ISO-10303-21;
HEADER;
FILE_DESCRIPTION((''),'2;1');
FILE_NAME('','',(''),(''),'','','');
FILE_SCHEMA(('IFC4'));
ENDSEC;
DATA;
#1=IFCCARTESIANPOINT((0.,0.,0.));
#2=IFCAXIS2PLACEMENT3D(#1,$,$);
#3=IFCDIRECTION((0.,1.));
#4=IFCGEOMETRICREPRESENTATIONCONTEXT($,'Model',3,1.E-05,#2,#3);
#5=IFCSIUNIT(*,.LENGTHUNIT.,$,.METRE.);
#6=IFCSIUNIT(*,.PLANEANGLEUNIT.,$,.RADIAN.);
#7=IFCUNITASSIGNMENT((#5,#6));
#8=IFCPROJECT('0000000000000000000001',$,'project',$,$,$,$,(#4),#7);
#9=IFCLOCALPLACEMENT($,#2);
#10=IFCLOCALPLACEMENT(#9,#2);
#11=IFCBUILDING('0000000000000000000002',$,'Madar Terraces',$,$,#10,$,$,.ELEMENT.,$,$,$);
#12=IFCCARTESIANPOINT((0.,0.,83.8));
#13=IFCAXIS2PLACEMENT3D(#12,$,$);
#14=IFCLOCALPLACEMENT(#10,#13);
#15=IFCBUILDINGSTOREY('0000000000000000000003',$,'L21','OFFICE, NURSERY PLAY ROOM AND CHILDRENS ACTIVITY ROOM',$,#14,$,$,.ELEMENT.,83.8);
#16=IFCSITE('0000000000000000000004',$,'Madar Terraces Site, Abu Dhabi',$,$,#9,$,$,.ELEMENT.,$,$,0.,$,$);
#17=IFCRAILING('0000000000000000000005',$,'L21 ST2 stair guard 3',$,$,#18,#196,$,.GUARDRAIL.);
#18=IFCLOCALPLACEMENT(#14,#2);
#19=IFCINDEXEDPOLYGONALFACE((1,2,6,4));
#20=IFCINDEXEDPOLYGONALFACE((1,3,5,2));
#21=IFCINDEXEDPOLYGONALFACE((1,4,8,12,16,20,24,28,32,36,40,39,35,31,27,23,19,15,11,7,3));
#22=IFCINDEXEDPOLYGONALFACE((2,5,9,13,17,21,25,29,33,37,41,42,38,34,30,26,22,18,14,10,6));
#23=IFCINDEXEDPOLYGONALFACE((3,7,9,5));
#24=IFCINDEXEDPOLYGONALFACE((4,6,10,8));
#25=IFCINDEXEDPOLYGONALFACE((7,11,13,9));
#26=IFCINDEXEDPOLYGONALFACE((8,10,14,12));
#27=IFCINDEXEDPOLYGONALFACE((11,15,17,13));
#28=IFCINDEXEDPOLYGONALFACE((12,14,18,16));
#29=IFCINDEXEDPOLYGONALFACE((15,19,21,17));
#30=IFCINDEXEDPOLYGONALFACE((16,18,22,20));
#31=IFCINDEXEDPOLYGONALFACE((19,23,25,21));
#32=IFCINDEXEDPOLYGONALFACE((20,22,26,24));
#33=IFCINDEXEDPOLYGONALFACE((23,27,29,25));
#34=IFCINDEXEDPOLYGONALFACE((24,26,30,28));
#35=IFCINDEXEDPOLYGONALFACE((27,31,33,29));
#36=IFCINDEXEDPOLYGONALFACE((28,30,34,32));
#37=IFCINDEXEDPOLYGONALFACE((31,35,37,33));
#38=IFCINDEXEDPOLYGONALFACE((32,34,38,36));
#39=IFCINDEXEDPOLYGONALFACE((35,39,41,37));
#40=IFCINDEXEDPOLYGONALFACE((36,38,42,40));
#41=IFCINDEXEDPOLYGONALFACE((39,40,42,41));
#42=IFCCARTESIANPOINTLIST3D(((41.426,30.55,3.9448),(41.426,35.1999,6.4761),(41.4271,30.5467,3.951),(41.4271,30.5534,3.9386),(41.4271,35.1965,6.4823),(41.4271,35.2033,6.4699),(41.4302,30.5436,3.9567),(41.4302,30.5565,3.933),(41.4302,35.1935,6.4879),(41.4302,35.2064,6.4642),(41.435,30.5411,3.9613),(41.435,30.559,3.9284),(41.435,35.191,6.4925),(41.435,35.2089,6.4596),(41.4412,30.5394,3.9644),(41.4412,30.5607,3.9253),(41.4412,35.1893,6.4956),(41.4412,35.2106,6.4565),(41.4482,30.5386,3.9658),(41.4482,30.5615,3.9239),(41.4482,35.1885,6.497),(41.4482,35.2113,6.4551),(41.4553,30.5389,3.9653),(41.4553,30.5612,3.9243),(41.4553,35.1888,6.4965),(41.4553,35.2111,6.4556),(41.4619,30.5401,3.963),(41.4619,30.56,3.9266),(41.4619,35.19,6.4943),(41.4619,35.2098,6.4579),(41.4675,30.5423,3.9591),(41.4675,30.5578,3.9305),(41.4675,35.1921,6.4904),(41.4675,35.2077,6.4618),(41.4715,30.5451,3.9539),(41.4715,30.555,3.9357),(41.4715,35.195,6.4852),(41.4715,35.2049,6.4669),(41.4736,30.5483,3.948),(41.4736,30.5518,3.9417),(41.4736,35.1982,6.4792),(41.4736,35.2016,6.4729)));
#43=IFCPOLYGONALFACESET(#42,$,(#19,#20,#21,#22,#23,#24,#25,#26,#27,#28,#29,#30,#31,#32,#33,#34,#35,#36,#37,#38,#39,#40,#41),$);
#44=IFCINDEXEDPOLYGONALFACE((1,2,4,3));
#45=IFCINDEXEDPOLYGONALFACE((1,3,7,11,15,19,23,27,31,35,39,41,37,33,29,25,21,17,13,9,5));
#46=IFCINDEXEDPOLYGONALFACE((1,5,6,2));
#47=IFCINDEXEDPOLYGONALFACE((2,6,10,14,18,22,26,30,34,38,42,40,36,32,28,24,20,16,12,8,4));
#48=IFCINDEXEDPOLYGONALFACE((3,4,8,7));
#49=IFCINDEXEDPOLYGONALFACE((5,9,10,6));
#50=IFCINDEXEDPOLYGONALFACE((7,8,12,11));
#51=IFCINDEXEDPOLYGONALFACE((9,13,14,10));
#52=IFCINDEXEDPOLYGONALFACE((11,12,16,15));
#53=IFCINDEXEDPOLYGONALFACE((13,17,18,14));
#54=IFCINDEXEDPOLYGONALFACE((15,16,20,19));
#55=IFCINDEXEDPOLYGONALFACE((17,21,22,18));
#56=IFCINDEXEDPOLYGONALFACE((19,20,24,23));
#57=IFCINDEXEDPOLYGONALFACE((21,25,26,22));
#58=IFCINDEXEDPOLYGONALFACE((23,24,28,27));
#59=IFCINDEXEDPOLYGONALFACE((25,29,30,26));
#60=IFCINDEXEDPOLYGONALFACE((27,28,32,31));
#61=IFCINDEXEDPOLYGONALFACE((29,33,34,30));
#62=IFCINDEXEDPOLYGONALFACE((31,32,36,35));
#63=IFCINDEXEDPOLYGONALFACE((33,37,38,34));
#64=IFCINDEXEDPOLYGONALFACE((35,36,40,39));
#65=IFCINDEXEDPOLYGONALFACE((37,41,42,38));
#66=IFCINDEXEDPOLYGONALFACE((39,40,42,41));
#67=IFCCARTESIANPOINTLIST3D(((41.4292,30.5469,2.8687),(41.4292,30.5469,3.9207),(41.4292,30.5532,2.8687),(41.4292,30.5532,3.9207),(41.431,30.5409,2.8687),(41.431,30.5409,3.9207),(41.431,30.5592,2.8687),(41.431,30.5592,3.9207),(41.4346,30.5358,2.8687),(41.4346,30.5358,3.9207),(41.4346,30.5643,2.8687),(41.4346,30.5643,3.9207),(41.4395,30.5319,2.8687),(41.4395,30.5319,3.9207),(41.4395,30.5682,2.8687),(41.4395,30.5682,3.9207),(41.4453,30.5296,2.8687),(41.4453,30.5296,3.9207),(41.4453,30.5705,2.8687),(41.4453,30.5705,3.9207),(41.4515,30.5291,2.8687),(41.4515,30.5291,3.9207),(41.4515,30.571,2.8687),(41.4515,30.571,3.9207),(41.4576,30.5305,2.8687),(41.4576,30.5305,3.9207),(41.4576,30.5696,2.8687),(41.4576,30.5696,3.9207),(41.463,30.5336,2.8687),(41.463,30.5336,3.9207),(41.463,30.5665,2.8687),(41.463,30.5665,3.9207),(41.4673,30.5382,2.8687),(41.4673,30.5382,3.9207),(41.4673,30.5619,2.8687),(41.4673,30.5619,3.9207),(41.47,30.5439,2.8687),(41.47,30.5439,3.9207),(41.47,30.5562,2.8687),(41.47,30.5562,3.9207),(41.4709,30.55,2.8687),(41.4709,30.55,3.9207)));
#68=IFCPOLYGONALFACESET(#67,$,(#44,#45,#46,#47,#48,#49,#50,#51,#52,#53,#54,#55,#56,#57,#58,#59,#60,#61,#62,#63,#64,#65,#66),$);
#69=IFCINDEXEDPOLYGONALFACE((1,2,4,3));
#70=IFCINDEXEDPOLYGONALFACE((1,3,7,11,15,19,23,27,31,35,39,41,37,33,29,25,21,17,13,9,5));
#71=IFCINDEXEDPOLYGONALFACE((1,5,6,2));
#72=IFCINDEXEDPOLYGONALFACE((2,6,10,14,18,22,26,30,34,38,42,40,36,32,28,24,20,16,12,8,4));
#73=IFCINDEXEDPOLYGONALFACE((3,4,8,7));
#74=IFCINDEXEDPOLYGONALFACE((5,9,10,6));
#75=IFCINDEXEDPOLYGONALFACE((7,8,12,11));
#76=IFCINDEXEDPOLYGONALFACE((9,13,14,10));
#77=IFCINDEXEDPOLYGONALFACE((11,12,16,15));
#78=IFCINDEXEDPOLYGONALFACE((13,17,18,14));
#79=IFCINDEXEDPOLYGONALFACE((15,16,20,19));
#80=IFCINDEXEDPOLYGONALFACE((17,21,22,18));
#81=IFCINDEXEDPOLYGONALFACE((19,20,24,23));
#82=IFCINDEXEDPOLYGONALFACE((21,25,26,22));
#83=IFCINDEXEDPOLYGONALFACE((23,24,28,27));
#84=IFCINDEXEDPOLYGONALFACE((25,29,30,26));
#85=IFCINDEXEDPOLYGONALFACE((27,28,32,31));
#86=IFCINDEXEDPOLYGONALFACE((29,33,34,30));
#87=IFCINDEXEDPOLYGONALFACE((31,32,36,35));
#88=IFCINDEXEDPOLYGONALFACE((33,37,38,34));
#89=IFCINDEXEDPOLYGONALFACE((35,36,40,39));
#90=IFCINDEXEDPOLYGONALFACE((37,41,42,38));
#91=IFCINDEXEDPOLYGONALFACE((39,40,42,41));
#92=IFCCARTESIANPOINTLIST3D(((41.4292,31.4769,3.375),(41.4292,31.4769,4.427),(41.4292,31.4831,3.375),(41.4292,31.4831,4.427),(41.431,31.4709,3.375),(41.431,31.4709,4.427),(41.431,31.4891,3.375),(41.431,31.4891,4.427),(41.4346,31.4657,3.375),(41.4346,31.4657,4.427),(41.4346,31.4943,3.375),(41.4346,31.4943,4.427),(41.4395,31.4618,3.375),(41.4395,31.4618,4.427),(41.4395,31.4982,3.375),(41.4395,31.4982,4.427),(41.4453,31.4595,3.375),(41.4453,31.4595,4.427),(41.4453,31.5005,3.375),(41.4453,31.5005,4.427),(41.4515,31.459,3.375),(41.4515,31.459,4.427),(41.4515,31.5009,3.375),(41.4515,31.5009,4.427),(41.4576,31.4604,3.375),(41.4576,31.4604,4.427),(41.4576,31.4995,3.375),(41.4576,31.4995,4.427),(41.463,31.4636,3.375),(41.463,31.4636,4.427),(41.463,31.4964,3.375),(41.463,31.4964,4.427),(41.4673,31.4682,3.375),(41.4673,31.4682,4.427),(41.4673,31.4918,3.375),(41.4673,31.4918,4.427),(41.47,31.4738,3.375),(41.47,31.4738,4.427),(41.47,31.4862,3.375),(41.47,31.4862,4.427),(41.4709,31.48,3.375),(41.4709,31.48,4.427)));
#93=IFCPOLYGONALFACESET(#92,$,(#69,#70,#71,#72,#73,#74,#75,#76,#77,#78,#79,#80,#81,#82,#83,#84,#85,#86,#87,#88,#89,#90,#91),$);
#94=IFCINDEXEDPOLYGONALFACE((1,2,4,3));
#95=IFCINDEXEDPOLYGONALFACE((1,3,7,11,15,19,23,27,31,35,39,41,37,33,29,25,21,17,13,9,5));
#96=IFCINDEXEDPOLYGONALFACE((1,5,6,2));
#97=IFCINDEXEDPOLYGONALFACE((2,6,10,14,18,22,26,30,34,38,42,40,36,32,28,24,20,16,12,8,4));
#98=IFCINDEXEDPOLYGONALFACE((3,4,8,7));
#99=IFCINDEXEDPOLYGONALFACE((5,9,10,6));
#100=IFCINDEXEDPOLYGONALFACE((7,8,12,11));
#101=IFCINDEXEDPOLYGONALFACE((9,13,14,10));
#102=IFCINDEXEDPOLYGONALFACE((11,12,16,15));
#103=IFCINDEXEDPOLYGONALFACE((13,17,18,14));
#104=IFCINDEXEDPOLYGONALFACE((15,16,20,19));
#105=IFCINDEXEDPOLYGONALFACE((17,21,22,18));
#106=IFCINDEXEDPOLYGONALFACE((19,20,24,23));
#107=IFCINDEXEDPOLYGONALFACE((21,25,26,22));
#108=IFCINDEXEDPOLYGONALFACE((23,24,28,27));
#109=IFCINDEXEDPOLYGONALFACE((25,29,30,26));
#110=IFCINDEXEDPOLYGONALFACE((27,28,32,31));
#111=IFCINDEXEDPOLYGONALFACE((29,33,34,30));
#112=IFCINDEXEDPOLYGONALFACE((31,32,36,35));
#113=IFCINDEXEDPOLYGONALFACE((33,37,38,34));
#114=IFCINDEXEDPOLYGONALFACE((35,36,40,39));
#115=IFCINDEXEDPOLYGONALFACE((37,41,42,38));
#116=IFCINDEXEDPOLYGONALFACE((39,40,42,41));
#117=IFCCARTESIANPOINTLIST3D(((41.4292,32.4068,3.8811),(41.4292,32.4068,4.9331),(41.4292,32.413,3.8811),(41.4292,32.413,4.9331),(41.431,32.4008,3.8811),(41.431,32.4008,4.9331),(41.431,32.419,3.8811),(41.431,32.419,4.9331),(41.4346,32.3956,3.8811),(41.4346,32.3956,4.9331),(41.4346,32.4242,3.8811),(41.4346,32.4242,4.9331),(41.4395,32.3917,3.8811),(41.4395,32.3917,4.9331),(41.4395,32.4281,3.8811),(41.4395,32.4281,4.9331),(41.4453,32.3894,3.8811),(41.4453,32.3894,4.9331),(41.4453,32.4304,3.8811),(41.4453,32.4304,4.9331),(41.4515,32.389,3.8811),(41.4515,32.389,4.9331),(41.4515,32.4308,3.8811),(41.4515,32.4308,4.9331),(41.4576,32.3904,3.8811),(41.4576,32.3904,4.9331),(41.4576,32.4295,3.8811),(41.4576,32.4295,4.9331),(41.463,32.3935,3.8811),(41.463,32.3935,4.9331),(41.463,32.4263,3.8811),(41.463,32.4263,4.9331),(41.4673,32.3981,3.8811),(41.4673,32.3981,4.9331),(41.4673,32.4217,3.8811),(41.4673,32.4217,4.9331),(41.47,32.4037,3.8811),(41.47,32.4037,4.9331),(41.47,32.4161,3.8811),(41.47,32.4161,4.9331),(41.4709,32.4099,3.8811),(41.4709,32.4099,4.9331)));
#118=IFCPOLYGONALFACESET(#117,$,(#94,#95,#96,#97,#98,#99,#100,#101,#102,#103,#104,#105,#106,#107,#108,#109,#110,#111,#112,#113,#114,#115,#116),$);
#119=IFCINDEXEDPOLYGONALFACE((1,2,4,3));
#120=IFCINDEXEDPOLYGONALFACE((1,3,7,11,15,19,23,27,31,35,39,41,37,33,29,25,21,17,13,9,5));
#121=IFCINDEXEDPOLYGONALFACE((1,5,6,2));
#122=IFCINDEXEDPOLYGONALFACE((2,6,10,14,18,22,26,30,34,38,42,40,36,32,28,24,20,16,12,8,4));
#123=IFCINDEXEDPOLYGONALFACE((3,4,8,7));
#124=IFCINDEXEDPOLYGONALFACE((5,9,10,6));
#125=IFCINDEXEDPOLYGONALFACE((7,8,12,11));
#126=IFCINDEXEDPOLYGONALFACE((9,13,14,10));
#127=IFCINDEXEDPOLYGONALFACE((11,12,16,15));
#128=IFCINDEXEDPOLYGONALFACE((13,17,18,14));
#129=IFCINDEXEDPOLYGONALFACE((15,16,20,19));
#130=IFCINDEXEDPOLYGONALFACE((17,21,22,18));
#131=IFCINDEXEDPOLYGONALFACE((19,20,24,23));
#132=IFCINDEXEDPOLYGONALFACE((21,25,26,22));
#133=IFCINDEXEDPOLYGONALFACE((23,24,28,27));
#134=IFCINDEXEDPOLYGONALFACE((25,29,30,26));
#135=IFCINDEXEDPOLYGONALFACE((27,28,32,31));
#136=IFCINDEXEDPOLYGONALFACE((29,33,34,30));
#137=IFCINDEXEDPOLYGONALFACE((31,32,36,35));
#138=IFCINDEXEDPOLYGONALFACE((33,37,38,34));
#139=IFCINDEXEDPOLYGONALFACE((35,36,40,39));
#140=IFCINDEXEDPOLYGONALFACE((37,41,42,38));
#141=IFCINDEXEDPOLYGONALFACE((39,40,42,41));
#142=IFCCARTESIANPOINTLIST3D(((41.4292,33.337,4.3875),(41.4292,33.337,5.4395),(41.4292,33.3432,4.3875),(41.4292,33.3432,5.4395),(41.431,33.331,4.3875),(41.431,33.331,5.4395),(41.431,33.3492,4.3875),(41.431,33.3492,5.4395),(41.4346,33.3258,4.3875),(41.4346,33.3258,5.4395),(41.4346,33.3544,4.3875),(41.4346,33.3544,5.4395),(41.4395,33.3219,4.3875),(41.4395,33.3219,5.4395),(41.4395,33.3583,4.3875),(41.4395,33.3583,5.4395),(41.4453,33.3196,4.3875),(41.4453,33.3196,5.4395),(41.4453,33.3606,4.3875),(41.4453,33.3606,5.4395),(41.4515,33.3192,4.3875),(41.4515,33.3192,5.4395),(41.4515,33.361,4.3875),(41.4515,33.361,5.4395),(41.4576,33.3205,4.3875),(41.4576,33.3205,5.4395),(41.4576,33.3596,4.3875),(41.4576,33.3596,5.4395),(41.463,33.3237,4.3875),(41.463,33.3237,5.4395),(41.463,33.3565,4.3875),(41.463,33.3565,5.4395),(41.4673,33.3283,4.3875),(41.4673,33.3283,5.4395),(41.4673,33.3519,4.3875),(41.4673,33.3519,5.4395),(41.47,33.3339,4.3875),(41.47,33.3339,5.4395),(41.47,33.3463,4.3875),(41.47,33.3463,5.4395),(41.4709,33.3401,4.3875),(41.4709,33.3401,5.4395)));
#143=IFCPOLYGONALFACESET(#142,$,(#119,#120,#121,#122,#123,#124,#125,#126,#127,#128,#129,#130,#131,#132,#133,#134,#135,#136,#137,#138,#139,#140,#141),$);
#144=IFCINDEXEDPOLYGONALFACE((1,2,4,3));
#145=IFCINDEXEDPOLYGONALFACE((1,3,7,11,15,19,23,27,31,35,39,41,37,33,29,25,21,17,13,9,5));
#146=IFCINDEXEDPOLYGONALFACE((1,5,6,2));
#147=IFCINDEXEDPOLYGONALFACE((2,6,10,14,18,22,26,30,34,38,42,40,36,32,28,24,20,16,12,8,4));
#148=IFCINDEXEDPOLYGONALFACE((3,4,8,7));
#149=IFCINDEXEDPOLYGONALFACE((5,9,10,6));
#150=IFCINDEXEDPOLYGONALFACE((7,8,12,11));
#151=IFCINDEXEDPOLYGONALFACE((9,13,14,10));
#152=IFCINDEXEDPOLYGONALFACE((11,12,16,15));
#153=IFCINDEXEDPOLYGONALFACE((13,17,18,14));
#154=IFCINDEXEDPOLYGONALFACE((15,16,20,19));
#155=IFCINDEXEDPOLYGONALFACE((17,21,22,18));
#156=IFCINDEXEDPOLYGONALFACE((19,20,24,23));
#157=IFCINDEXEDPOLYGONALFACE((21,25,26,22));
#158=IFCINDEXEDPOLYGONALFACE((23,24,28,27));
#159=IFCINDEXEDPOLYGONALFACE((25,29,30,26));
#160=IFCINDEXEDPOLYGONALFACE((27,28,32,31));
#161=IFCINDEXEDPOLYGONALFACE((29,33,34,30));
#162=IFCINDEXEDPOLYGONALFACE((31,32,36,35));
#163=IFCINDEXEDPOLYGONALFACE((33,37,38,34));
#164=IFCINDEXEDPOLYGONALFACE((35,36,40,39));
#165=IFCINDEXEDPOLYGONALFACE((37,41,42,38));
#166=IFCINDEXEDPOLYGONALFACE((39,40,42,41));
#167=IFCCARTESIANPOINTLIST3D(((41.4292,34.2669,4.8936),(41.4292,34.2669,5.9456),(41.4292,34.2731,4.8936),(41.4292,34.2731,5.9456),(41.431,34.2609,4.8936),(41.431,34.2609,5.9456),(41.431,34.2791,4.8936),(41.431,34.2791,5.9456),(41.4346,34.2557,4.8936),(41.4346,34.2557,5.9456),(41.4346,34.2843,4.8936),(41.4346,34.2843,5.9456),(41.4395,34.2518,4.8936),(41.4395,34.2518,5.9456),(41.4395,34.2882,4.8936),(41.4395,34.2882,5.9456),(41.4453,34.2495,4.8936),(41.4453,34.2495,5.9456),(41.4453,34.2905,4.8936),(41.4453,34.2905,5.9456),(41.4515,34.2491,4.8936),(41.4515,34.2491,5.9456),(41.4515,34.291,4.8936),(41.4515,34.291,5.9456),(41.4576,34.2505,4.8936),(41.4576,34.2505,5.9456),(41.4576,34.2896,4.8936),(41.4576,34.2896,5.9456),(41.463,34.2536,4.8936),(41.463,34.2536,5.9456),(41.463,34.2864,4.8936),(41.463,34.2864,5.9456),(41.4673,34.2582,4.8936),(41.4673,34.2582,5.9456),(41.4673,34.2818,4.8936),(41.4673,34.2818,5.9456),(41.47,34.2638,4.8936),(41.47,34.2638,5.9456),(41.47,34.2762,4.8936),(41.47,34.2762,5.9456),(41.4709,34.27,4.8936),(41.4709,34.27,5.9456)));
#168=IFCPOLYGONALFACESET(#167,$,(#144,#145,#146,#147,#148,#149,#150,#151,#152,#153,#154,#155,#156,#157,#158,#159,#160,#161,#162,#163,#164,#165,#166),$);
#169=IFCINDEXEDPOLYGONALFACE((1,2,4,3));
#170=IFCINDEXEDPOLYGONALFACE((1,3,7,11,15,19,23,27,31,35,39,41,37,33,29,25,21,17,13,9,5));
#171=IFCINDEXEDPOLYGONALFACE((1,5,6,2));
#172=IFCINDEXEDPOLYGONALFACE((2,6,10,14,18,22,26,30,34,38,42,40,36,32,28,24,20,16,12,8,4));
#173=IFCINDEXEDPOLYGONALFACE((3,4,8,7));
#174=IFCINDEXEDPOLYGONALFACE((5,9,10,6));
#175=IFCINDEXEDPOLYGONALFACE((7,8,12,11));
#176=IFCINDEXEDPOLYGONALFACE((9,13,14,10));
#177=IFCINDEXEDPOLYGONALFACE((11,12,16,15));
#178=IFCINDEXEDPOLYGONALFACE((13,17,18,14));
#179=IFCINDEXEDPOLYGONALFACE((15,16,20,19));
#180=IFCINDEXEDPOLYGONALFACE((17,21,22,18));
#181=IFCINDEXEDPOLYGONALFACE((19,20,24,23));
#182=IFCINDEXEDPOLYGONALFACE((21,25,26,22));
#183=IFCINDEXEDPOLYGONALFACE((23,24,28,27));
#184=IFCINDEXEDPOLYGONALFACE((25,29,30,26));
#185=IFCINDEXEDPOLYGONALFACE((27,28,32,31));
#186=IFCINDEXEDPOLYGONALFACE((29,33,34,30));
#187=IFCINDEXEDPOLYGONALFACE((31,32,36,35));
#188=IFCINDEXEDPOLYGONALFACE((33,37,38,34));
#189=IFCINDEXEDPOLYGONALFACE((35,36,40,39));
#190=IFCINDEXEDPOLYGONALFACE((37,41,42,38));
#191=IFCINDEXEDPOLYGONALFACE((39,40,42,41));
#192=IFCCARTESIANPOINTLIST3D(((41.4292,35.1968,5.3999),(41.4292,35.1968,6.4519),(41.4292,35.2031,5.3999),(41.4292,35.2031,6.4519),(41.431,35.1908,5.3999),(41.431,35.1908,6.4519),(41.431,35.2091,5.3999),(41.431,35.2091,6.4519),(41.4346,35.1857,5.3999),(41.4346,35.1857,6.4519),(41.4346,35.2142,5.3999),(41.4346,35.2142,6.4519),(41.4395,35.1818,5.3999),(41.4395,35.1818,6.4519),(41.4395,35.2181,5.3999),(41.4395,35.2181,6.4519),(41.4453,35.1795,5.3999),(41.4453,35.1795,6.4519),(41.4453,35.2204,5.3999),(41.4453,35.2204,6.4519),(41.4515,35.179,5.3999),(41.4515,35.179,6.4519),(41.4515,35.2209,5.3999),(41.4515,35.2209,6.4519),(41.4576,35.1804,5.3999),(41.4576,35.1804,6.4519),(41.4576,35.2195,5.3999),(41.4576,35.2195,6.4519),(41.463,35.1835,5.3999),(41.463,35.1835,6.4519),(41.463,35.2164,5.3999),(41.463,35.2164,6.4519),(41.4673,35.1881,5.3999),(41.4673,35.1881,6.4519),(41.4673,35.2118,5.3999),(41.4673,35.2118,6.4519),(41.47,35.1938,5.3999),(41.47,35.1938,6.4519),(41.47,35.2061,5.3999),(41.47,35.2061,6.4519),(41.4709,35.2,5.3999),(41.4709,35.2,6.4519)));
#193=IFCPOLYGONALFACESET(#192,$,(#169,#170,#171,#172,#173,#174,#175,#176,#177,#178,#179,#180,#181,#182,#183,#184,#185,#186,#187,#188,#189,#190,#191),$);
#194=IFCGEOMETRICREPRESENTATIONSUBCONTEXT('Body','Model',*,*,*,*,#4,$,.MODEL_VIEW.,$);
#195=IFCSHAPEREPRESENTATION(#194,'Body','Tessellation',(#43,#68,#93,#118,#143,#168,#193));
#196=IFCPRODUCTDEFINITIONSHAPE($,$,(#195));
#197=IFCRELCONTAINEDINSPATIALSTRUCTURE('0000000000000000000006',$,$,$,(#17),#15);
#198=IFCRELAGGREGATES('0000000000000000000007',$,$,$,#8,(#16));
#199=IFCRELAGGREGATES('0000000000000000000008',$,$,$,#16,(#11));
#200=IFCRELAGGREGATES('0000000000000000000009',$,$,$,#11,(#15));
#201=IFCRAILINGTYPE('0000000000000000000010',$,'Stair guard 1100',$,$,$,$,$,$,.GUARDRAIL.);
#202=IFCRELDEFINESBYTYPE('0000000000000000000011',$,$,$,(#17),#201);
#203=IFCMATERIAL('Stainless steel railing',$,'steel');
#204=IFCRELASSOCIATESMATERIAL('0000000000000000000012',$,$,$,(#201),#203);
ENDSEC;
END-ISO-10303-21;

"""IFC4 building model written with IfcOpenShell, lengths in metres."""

from ifc_helpers import new_model, si_unit, direction, frame, origin, origin_2d, place, context, subcontext, project, spatial, circle, extrude, material, type_object, element, save


model = new_model("IFC4")

# Units and contexts
model_context = context("Model", 3, precision=1e-05, world=origin(), true_north=direction((0.0, 1.0)))
body_context = subcontext(model_context, "Body", "Model", "MODEL_VIEW")
ifc_project = project(units=[si_unit("LENGTHUNIT", "METRE"), si_unit("PLANEANGLEUNIT", "RADIAN")], contexts=[model_context])

# Site, building, storey
site_placement = place(None, origin())
site = spatial("IfcSite", under=ifc_project, at=site_placement, Name="Madar Terraces Site, Abu Dhabi", CompositionType="ELEMENT", RefElevation=0.0)
building_placement = place(site_placement, origin())
building = spatial("IfcBuilding", under=site, at=building_placement, Name="Madar Terraces", CompositionType="ELEMENT")
storey_placement = place(building_placement, frame((0.0, 0.0, 83.8)))
storey = spatial("IfcBuildingStorey", under=building, at=storey_placement, Name="L21", Description="OFFICE, NURSERY PLAY ROOM AND CHILDRENS ACTIVITY ROOM", CompositionType="ELEMENT", Elevation=83.8)

# Railing
ifc_material_1 = material(Name="Stainless steel railing", Category="steel")
railing_type_1 = type_object("IfcRailingType", Name="Stair guard 1100", PredefinedType="GUARDRAIL", material=ifc_material_1)
railing_1_placement = place(storey_placement, frame((41.45, 30.55, 2.8687)))
element("IfcRailing", 1, at=railing_1_placement, inside=storey, type_object=railing_type_1, Name="L21 ST2 stair guard 3", PredefinedType="GUARDRAIL", context=body_context, shape_type="SweptSolid", body=[
    extrude(circle(Radius=0.0239, at=origin_2d()), frame((0.0, 0.0, 1.0762), z_axis=(0.0, 0.878297, 0.478115), x_axis=(-1.0, 0.0, 0.0)), (0.0, 0.0, 1.0), 5.2942),
    extrude(circle(Radius=0.021, at=origin_2d()), origin(), (0.0, 0.0, 1.0), 1.052),
    extrude(circle(Radius=0.021, at=origin_2d()), frame((0.0, 0.9299, 0.5063)), (0.0, 0.0, 1.0), 1.052),
    extrude(circle(Radius=0.021, at=origin_2d()), frame((0.0, 1.8599, 1.0125)), (0.0, 0.0, 1.0), 1.052),
    extrude(circle(Radius=0.021, at=origin_2d()), frame((0.0, 2.79, 1.5188)), (0.0, 0.0, 1.0), 1.052),
    extrude(circle(Radius=0.021, at=origin_2d()), frame((0.0, 3.72, 2.0249)), (0.0, 0.0, 1.0), 1.052),
    extrude(circle(Radius=0.021, at=origin_2d()), frame((0.0, 4.6499, 2.5312)), (0.0, 0.0, 1.0), 1.052),
])

save(model, "model.ifc")
